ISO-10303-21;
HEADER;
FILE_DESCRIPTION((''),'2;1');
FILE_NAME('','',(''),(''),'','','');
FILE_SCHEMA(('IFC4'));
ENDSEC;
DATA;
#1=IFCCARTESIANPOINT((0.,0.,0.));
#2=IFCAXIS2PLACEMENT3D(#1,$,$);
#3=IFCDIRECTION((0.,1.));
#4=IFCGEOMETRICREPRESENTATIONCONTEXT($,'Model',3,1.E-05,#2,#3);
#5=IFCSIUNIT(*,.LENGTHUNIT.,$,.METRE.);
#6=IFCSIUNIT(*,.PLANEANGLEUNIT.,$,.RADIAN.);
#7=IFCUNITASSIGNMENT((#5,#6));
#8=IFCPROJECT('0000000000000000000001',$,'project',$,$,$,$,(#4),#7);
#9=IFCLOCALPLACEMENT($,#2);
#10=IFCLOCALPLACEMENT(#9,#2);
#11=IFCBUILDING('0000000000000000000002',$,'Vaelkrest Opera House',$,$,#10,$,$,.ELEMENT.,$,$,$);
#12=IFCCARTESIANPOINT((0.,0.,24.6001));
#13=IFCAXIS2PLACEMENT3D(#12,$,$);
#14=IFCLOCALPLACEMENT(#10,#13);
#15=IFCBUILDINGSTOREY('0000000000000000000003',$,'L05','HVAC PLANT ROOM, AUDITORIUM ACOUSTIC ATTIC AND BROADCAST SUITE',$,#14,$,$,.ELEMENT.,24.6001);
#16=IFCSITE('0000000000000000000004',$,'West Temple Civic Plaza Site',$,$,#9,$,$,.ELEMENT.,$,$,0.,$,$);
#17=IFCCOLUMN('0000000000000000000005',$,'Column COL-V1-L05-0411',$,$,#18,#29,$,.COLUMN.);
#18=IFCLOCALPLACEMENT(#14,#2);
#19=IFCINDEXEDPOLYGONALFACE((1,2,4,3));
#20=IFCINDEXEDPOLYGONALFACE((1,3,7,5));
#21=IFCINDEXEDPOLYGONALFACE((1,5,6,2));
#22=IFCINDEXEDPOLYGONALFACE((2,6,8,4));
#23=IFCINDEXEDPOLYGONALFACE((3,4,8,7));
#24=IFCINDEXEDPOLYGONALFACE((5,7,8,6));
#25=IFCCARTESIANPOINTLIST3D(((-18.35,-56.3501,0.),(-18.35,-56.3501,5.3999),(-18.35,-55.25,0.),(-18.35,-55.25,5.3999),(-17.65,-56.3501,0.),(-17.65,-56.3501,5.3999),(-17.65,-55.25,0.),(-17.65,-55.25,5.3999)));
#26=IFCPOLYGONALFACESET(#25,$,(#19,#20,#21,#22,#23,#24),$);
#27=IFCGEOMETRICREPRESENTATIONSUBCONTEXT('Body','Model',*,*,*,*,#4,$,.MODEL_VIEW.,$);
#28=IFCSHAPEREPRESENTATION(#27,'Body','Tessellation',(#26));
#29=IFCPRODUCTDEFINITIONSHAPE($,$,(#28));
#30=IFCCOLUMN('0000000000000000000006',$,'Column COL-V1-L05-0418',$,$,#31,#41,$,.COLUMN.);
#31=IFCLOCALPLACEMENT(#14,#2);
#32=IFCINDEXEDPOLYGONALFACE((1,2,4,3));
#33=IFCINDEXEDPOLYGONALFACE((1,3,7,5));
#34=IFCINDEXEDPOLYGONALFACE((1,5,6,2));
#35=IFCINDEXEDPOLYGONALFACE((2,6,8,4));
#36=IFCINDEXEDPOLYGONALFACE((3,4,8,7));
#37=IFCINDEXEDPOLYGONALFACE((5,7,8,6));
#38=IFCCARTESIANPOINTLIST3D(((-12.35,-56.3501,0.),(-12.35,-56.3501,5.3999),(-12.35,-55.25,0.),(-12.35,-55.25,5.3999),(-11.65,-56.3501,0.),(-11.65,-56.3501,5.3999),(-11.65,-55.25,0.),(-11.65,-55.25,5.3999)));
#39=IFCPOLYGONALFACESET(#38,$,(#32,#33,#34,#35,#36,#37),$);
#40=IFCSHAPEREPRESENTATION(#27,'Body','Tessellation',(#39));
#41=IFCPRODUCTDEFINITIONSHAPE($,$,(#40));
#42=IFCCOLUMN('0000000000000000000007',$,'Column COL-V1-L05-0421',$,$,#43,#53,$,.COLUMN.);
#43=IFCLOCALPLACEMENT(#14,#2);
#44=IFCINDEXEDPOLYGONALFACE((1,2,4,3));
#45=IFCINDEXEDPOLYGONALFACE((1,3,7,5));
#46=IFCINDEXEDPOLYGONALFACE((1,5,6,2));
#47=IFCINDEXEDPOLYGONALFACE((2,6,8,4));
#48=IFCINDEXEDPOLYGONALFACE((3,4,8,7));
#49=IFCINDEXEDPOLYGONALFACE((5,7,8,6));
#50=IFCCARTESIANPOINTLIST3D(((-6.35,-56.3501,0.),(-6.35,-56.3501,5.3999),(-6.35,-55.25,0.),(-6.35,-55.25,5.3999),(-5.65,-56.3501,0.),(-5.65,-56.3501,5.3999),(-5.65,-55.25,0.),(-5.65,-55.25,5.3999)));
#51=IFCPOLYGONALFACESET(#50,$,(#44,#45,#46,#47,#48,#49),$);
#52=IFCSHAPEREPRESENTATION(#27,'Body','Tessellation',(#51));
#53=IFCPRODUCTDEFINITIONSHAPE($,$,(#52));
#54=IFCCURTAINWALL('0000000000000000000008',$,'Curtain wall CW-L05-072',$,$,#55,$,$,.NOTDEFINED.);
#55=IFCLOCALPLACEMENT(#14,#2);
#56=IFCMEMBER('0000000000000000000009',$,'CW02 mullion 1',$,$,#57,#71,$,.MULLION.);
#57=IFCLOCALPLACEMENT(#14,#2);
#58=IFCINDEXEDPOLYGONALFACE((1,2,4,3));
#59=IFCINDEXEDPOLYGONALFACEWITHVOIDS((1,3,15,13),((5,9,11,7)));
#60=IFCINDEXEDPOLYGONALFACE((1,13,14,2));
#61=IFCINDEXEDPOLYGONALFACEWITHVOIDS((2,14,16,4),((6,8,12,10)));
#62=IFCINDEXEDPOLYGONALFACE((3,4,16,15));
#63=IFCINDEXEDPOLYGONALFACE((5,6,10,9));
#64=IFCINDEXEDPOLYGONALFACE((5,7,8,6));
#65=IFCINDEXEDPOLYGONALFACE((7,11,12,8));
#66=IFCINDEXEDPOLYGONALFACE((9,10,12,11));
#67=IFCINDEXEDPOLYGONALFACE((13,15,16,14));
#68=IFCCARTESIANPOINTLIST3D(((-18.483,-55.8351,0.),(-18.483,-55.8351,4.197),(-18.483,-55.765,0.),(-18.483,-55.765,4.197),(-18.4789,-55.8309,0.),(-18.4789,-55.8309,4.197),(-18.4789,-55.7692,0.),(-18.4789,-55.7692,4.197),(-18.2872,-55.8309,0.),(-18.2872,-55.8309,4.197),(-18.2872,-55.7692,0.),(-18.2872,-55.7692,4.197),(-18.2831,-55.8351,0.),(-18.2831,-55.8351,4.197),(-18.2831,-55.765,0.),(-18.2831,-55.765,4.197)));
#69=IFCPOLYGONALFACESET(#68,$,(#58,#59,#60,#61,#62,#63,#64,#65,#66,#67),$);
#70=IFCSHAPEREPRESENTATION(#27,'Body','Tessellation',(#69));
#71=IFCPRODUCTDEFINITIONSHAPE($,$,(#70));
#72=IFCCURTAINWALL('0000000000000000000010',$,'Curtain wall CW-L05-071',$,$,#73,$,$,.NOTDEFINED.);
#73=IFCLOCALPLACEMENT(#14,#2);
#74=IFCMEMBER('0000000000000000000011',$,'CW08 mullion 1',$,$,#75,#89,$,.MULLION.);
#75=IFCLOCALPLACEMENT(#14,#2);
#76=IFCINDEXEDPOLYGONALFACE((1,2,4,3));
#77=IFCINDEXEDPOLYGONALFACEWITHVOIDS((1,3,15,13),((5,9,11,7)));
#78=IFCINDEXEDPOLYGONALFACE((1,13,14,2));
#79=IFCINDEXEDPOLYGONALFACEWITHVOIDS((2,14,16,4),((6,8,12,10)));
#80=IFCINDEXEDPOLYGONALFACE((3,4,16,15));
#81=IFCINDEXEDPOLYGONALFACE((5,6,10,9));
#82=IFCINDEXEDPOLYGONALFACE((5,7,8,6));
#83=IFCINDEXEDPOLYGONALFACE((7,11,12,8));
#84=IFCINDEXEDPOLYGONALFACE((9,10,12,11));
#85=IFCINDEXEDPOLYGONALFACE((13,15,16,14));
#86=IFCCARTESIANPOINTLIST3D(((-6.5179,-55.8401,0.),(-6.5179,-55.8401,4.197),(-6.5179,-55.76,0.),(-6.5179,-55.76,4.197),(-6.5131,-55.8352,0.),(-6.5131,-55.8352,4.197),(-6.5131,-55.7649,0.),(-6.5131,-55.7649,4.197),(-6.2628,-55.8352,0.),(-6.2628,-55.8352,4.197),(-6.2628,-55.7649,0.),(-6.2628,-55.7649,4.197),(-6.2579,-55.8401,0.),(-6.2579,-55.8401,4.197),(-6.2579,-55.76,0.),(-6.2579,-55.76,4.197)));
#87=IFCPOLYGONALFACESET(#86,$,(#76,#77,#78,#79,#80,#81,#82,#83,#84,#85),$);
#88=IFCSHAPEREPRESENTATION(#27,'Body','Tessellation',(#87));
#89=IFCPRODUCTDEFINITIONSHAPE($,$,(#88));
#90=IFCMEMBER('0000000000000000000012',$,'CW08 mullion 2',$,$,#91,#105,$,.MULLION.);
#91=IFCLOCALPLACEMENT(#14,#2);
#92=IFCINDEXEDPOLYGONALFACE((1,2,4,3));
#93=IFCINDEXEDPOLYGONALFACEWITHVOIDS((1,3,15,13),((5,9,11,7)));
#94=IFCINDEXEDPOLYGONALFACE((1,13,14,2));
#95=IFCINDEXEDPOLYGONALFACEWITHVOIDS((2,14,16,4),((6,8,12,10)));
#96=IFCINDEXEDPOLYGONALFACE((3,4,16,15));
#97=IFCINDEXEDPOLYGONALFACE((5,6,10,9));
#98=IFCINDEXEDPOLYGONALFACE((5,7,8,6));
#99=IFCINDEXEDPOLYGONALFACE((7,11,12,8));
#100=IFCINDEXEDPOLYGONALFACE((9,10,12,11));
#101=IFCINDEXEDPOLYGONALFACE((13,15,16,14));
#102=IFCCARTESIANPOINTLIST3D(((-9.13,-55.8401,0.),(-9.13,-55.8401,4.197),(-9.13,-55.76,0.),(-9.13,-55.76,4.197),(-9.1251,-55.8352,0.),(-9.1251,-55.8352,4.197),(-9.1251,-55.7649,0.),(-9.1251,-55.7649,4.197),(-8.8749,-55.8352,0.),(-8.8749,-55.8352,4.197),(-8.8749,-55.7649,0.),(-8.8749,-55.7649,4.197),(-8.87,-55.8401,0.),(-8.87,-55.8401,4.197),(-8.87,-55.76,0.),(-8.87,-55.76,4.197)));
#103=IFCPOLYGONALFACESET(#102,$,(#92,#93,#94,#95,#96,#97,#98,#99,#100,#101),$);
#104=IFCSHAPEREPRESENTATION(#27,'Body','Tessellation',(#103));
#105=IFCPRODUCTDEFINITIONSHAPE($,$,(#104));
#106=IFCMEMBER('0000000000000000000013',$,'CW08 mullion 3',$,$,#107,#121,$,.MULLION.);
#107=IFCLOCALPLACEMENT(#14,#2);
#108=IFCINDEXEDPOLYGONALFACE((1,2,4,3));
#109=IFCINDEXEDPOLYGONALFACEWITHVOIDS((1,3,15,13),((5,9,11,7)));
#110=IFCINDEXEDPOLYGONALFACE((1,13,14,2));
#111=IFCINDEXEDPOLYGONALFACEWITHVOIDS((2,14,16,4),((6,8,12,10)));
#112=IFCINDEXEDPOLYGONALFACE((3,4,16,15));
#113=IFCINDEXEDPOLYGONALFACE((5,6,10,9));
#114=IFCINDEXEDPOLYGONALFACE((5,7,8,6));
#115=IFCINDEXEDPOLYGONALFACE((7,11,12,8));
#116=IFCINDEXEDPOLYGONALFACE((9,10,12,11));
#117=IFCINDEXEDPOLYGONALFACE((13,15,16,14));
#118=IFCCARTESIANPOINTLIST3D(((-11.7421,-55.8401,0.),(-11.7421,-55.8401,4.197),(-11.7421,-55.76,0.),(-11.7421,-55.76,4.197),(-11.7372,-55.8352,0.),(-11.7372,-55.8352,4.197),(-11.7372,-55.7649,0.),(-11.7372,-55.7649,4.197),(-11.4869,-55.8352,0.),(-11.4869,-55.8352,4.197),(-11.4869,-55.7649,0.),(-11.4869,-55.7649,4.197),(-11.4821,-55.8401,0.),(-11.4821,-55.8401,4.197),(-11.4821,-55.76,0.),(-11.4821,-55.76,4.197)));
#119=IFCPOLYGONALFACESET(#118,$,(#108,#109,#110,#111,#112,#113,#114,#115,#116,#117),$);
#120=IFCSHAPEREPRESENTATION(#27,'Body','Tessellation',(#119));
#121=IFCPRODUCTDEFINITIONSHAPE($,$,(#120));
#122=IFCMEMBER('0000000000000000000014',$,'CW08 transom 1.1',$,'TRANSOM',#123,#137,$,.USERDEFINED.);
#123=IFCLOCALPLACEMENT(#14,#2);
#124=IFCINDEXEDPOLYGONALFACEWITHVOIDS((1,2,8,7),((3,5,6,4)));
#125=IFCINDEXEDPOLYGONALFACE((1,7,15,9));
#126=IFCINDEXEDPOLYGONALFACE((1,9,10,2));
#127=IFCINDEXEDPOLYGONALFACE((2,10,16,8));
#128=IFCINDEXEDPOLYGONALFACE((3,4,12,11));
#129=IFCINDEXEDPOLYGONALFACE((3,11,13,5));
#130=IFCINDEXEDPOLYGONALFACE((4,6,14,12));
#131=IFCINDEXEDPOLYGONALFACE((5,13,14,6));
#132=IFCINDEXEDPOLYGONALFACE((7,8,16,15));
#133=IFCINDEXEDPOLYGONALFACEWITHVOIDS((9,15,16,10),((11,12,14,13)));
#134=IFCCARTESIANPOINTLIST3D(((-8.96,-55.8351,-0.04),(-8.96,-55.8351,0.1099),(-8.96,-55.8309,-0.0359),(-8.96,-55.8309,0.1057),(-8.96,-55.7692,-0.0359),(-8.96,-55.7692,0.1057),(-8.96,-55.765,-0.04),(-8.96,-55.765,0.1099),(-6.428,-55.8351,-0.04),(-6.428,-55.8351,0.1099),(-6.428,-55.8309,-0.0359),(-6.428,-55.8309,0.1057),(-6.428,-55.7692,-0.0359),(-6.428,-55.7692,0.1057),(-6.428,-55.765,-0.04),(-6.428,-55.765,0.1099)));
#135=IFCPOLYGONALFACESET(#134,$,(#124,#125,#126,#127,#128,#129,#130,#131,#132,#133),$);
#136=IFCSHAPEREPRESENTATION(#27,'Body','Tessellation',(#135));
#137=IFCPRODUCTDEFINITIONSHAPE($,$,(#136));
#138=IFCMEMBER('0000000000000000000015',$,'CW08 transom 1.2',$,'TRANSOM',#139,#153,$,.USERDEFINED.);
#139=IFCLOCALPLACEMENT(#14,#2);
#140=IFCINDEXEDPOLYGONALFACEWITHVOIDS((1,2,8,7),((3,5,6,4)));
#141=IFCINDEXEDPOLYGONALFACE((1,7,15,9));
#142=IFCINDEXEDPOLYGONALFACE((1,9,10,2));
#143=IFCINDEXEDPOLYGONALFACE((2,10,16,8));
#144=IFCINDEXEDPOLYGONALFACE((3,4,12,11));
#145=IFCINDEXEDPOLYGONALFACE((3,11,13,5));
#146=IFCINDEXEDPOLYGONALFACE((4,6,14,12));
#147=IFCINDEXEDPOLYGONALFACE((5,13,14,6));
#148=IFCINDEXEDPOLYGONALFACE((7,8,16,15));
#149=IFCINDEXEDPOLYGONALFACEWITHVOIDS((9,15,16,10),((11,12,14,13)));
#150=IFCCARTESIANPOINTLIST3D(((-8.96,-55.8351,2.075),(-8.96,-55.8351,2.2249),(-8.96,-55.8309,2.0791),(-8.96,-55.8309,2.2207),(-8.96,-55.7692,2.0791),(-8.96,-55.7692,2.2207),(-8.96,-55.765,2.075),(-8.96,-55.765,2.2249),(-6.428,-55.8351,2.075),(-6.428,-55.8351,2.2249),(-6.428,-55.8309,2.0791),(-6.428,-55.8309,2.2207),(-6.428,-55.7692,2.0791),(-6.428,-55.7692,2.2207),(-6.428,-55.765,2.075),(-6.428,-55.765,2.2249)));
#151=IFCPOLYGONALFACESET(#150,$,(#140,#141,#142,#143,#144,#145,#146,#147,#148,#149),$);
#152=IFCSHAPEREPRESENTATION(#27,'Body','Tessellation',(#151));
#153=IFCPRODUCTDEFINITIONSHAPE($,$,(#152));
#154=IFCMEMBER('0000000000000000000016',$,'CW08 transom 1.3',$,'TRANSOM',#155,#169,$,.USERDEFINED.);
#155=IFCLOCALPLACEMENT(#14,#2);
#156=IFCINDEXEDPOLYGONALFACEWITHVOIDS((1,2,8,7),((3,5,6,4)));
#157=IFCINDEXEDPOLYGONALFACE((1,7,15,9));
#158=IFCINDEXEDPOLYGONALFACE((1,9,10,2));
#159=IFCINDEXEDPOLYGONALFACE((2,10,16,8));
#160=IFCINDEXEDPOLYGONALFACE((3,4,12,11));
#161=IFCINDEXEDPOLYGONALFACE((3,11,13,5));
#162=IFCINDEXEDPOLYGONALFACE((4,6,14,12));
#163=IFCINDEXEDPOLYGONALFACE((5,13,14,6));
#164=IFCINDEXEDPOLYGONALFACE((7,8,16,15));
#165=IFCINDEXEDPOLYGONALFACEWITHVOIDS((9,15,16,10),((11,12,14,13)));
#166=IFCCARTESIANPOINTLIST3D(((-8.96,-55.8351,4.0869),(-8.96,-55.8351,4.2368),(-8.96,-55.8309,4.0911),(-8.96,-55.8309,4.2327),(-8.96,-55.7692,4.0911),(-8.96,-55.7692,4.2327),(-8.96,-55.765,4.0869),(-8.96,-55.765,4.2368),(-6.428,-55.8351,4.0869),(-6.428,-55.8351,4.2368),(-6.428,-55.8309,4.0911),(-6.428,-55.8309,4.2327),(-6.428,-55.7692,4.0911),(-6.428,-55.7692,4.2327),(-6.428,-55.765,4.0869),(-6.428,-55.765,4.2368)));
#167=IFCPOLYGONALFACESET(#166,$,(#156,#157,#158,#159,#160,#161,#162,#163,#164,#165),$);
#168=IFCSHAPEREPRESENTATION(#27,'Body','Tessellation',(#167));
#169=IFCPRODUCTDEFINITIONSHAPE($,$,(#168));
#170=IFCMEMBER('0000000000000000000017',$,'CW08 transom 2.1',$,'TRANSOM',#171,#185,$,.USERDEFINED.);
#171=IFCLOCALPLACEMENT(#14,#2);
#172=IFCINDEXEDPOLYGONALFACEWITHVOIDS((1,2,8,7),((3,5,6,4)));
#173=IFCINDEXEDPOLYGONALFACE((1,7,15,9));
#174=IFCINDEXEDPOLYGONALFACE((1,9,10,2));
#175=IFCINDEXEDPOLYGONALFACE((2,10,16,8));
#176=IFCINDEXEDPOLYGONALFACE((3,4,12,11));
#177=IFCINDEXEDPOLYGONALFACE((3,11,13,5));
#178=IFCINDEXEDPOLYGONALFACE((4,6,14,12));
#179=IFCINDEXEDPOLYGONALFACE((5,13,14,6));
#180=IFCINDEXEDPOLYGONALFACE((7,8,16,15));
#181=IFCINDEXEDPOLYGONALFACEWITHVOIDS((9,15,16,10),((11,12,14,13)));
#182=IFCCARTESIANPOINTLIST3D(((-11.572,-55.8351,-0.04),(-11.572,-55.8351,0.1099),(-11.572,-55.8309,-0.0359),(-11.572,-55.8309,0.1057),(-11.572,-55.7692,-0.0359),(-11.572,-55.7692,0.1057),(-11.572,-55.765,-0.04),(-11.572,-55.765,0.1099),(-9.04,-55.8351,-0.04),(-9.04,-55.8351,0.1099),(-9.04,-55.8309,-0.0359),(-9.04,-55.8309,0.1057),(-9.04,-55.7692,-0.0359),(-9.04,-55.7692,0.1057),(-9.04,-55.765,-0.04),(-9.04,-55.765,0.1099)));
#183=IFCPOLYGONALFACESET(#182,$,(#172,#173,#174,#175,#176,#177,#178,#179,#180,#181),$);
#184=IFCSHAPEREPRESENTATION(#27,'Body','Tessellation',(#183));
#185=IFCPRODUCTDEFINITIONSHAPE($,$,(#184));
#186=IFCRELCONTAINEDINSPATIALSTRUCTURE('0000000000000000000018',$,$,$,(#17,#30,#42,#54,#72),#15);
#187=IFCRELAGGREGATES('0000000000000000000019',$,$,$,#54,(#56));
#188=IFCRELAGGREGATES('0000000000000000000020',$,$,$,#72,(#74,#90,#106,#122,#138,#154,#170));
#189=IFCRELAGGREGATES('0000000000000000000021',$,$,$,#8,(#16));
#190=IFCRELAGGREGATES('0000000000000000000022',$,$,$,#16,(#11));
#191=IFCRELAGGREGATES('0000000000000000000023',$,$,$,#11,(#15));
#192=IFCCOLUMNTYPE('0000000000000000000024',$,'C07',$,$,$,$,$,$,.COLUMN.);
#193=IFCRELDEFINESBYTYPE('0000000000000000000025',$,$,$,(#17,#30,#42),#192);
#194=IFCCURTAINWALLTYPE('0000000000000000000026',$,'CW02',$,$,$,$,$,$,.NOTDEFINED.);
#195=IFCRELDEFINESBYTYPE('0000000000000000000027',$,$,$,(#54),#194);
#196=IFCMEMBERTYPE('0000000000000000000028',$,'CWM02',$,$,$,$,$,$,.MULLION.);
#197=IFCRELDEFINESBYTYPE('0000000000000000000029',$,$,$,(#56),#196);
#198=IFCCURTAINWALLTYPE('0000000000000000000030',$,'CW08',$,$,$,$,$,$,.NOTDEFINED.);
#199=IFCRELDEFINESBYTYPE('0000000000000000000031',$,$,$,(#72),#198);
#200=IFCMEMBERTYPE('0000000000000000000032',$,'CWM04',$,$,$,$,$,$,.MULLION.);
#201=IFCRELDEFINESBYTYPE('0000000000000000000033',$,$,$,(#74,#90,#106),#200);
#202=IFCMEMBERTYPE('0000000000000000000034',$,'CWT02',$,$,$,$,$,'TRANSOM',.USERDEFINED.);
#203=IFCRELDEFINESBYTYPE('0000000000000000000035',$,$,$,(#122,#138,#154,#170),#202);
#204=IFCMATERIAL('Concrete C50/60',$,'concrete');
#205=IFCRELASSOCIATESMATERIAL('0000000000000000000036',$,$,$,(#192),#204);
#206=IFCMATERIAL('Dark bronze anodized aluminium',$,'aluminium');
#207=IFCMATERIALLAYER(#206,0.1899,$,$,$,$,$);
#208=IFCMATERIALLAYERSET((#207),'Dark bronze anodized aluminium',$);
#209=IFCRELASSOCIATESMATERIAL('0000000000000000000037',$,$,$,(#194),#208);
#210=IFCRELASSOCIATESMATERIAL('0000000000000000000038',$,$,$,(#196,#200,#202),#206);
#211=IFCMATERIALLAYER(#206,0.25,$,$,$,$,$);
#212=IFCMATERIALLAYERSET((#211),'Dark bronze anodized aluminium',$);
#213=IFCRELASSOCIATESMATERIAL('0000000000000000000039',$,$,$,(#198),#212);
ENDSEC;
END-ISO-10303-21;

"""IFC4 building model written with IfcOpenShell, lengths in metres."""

from ifc_helpers import new_model, si_unit, direction, frame, origin, origin_2d, place, context, subcontext, project, spatial, rectangle, hollow_rectangle, extrude, material, layer, layer_set, material_profile, profile_set, type_object, element, aggregate, save


model = new_model("IFC4")

# Units and contexts
model_context = context("Model", 3, precision=1e-05, world=origin(), true_north=direction((0.0, 1.0)))
body_context = subcontext(model_context, "Body", "Model", "MODEL_VIEW")
ifc_project = project(units=[si_unit("LENGTHUNIT", "METRE"), si_unit("PLANEANGLEUNIT", "RADIAN")], contexts=[model_context])

# Site, building, storey
site_placement = place(None, origin())
site = spatial("IfcSite", under=ifc_project, at=site_placement, Name="West Temple Civic Plaza Site", CompositionType="ELEMENT", RefElevation=0.0)
building_placement = place(site_placement, origin())
building = spatial("IfcBuilding", under=site, at=building_placement, Name="Vaelkrest Opera House", CompositionType="ELEMENT")
storey_placement = place(building_placement, frame((0.0, 0.0, 24.6001)))
storey = spatial("IfcBuildingStorey", under=building, at=storey_placement, Name="L05", Description="HVAC PLANT ROOM, AUDITORIUM ACOUSTIC ATTIC AND BROADCAST SUITE", CompositionType="ELEMENT", Elevation=24.6001)

# Columns
ifc_material_1 = material(Name="Concrete C50/60", Category="concrete")
ifc_material_profile_1 = material_profile(ifc_material_1, rectangle(XDim=0.7, YDim=1.1001, at=origin_2d()), Name="RC700X1100")
ifc_profile_set_1 = profile_set([ifc_material_profile_1], Name="Concrete C50/60")
column_type = type_object("IfcColumnType", Name="C07", PredefinedType="COLUMN", material=ifc_profile_set_1)
for number, where, z_axis, x_axis, name in (
    (1, (-18.0, -55.8, 0.0), (0.0, 0.0, 1.0), (1.0, 0.0, 0.0), "Column COL-V1-L05-0411"),
    (2, (-12.0, -55.8, 0.0), (0.0, 0.0, 1.0), (1.0, 0.0, 0.0), "Column COL-V1-L05-0418"),
    (3, (-6.0, -55.8, 0.0), (0.0, 0.0, 1.0), (1.0, 0.0, 0.0), "Column COL-V1-L05-0421"),
):
    element("IfcColumn", number, at=place(storey_placement, frame(where, z_axis=z_axis, x_axis=x_axis)), inside=storey, type_object=column_type, Name=name, PredefinedType="COLUMN", context=body_context, shape_type="SweptSolid", body=[
        extrude(rectangle(XDim=0.7, YDim=1.1001, at=origin_2d()), origin(), (0.0, 0.0, 1.0), 5.3999),
    ])

# Curtain wall, member
ifc_material_2 = material(Name="Dark bronze anodized aluminium", Category="aluminium")
ifc_layer_1 = layer(ifc_material_2, 0.1899)
ifc_layer_set_1 = layer_set([ifc_layer_1], Name="Dark bronze anodized aluminium")
curtain_wall_type_1 = type_object("IfcCurtainWallType", Name="CW02", PredefinedType="NOTDEFINED", material=ifc_layer_set_1)
curtain_wall_1_placement = place(storey_placement, origin())
curtain_wall_1 = element("IfcCurtainWall", 4, at=curtain_wall_1_placement, inside=storey, type_object=curtain_wall_type_1, Name="Curtain wall CW-L05-072", PredefinedType="NOTDEFINED")
ifc_material_profile_2 = material_profile(ifc_material_2, hollow_rectangle(XDim=0.0701, YDim=0.2, WallThickness=0.0042, at=origin_2d()), Name="CWM70X200")
ifc_profile_set_2 = profile_set([ifc_material_profile_2], Name="Dark bronze anodized aluminium")
member_type_1 = type_object("IfcMemberType", Name="CWM02", PredefinedType="MULLION", material=ifc_profile_set_2)
member_1_placement = place(storey_placement, frame((-18.3831, -55.8, 0.0), z_axis=(0.0, 0.0, 1.0), x_axis=(0.0, -1.0, 0.0)))
member_1 = element("IfcMember", 5, at=member_1_placement, type_object=member_type_1, Name="CW02 mullion 1", PredefinedType="MULLION", context=body_context, shape_type="SweptSolid", body=[
    extrude(hollow_rectangle(XDim=0.0701, YDim=0.2, WallThickness=0.0042, at=origin_2d()), origin(), (0.0, 0.0, 1.0), 4.197),
])

# Curtain wall, members
ifc_layer_2 = layer(ifc_material_2, 0.25)
ifc_layer_set_2 = layer_set([ifc_layer_2], Name="Dark bronze anodized aluminium")
curtain_wall_type_2 = type_object("IfcCurtainWallType", Name="CW08", PredefinedType="NOTDEFINED", material=ifc_layer_set_2)
curtain_wall_2_placement = place(storey_placement, origin())
curtain_wall_2 = element("IfcCurtainWall", 6, at=curtain_wall_2_placement, inside=storey, type_object=curtain_wall_type_2, Name="Curtain wall CW-L05-071", PredefinedType="NOTDEFINED")
ifc_material_profile_3 = material_profile(ifc_material_2, hollow_rectangle(XDim=0.0801, YDim=0.26, WallThickness=0.0049, at=origin_2d()), Name="CWM80X260")
ifc_profile_set_3 = profile_set([ifc_material_profile_3], Name="Dark bronze anodized aluminium")
member_type_2 = type_object("IfcMemberType", Name="CWM04", PredefinedType="MULLION", material=ifc_profile_set_3)
member_2_placement = place(storey_placement, frame((-6.3879, -55.8, 0.0), z_axis=(0.0, 0.0, 1.0), x_axis=(0.0, -1.0, 0.0)))
member_2 = element("IfcMember", 7, at=member_2_placement, type_object=member_type_2, Name="CW08 mullion 1", PredefinedType="MULLION", context=body_context, shape_type="SweptSolid", body=[
    extrude(hollow_rectangle(XDim=0.0801, YDim=0.26, WallThickness=0.0049, at=origin_2d()), origin(), (0.0, 0.0, 1.0), 4.197),
])
member_3_placement = place(storey_placement, frame((-9.0, -55.8, 0.0), z_axis=(0.0, 0.0, 1.0), x_axis=(0.0, -1.0, 0.0)))
member_3 = element("IfcMember", 8, at=member_3_placement, type_object=member_type_2, Name="CW08 mullion 2", PredefinedType="MULLION", context=body_context, shape_type="SweptSolid", body=[
    extrude(hollow_rectangle(XDim=0.0801, YDim=0.26, WallThickness=0.0049, at=origin_2d()), origin(), (0.0, 0.0, 1.0), 4.197),
])
member_4_placement = place(storey_placement, frame((-11.6121, -55.8, 0.0), z_axis=(0.0, 0.0, 1.0), x_axis=(0.0, -1.0, 0.0)))
member_4 = element("IfcMember", 9, at=member_4_placement, type_object=member_type_2, Name="CW08 mullion 3", PredefinedType="MULLION", context=body_context, shape_type="SweptSolid", body=[
    extrude(hollow_rectangle(XDim=0.0801, YDim=0.26, WallThickness=0.0049, at=origin_2d()), origin(), (0.0, 0.0, 1.0), 4.197),
])
ifc_material_profile_4 = material_profile(ifc_material_2, hollow_rectangle(XDim=0.0701, YDim=0.1499, WallThickness=0.0042, at=origin_2d()), Name="CWT70X150")
ifc_profile_set_4 = profile_set([ifc_material_profile_4], Name="Dark bronze anodized aluminium")
member_type_3 = type_object("IfcMemberType", Name="CWT02", ElementType="TRANSOM", PredefinedType="USERDEFINED", material=ifc_profile_set_4)
member_5_placement = place(storey_placement, frame((-6.428, -55.8, 0.0349), z_axis=(-1.0, 0.0, 0.0), x_axis=(0.0, -1.0, 0.0)))
member_5 = element("IfcMember", 10, at=member_5_placement, type_object=member_type_3, Name="CW08 transom 1.1", ObjectType="TRANSOM", PredefinedType="USERDEFINED", context=body_context, shape_type="SweptSolid", body=[
    extrude(hollow_rectangle(XDim=0.0701, YDim=0.1499, WallThickness=0.0042, at=origin_2d()), origin(), (0.0, 0.0, 1.0), 2.532),
])
member_6_placement = place(storey_placement, frame((-6.428, -55.8, 2.1499), z_axis=(-1.0, 0.0, 0.0), x_axis=(0.0, -1.0, 0.0)))
member_6 = element("IfcMember", 11, at=member_6_placement, type_object=member_type_3, Name="CW08 transom 1.2", ObjectType="TRANSOM", PredefinedType="USERDEFINED", context=body_context, shape_type="SweptSolid", body=[
    extrude(hollow_rectangle(XDim=0.0701, YDim=0.1499, WallThickness=0.0042, at=origin_2d()), origin(), (0.0, 0.0, 1.0), 2.532),
])
member_7_placement = place(storey_placement, frame((-6.428, -55.8, 4.1619), z_axis=(-1.0, 0.0, 0.0), x_axis=(0.0, -1.0, 0.0)))
member_7 = element("IfcMember", 12, at=member_7_placement, type_object=member_type_3, Name="CW08 transom 1.3", ObjectType="TRANSOM", PredefinedType="USERDEFINED", context=body_context, shape_type="SweptSolid", body=[
    extrude(hollow_rectangle(XDim=0.0701, YDim=0.1499, WallThickness=0.0042, at=origin_2d()), origin(), (0.0, 0.0, 1.0), 2.532),
])
member_8_placement = place(storey_placement, frame((-9.04, -55.8, 0.0349), z_axis=(-1.0, 0.0, 0.0), x_axis=(0.0, -1.0, 0.0)))
member_8 = element("IfcMember", 13, at=member_8_placement, type_object=member_type_3, Name="CW08 transom 2.1", ObjectType="TRANSOM", PredefinedType="USERDEFINED", context=body_context, shape_type="SweptSolid", body=[
    extrude(hollow_rectangle(XDim=0.0701, YDim=0.1499, WallThickness=0.0042, at=origin_2d()), origin(), (0.0, 0.0, 1.0), 2.532),
])

aggregate(curtain_wall_1, [member_1])

aggregate(curtain_wall_2, [member_2, member_3, member_4, member_5, member_6, member_7, member_8])

save(model, "model.ifc")
